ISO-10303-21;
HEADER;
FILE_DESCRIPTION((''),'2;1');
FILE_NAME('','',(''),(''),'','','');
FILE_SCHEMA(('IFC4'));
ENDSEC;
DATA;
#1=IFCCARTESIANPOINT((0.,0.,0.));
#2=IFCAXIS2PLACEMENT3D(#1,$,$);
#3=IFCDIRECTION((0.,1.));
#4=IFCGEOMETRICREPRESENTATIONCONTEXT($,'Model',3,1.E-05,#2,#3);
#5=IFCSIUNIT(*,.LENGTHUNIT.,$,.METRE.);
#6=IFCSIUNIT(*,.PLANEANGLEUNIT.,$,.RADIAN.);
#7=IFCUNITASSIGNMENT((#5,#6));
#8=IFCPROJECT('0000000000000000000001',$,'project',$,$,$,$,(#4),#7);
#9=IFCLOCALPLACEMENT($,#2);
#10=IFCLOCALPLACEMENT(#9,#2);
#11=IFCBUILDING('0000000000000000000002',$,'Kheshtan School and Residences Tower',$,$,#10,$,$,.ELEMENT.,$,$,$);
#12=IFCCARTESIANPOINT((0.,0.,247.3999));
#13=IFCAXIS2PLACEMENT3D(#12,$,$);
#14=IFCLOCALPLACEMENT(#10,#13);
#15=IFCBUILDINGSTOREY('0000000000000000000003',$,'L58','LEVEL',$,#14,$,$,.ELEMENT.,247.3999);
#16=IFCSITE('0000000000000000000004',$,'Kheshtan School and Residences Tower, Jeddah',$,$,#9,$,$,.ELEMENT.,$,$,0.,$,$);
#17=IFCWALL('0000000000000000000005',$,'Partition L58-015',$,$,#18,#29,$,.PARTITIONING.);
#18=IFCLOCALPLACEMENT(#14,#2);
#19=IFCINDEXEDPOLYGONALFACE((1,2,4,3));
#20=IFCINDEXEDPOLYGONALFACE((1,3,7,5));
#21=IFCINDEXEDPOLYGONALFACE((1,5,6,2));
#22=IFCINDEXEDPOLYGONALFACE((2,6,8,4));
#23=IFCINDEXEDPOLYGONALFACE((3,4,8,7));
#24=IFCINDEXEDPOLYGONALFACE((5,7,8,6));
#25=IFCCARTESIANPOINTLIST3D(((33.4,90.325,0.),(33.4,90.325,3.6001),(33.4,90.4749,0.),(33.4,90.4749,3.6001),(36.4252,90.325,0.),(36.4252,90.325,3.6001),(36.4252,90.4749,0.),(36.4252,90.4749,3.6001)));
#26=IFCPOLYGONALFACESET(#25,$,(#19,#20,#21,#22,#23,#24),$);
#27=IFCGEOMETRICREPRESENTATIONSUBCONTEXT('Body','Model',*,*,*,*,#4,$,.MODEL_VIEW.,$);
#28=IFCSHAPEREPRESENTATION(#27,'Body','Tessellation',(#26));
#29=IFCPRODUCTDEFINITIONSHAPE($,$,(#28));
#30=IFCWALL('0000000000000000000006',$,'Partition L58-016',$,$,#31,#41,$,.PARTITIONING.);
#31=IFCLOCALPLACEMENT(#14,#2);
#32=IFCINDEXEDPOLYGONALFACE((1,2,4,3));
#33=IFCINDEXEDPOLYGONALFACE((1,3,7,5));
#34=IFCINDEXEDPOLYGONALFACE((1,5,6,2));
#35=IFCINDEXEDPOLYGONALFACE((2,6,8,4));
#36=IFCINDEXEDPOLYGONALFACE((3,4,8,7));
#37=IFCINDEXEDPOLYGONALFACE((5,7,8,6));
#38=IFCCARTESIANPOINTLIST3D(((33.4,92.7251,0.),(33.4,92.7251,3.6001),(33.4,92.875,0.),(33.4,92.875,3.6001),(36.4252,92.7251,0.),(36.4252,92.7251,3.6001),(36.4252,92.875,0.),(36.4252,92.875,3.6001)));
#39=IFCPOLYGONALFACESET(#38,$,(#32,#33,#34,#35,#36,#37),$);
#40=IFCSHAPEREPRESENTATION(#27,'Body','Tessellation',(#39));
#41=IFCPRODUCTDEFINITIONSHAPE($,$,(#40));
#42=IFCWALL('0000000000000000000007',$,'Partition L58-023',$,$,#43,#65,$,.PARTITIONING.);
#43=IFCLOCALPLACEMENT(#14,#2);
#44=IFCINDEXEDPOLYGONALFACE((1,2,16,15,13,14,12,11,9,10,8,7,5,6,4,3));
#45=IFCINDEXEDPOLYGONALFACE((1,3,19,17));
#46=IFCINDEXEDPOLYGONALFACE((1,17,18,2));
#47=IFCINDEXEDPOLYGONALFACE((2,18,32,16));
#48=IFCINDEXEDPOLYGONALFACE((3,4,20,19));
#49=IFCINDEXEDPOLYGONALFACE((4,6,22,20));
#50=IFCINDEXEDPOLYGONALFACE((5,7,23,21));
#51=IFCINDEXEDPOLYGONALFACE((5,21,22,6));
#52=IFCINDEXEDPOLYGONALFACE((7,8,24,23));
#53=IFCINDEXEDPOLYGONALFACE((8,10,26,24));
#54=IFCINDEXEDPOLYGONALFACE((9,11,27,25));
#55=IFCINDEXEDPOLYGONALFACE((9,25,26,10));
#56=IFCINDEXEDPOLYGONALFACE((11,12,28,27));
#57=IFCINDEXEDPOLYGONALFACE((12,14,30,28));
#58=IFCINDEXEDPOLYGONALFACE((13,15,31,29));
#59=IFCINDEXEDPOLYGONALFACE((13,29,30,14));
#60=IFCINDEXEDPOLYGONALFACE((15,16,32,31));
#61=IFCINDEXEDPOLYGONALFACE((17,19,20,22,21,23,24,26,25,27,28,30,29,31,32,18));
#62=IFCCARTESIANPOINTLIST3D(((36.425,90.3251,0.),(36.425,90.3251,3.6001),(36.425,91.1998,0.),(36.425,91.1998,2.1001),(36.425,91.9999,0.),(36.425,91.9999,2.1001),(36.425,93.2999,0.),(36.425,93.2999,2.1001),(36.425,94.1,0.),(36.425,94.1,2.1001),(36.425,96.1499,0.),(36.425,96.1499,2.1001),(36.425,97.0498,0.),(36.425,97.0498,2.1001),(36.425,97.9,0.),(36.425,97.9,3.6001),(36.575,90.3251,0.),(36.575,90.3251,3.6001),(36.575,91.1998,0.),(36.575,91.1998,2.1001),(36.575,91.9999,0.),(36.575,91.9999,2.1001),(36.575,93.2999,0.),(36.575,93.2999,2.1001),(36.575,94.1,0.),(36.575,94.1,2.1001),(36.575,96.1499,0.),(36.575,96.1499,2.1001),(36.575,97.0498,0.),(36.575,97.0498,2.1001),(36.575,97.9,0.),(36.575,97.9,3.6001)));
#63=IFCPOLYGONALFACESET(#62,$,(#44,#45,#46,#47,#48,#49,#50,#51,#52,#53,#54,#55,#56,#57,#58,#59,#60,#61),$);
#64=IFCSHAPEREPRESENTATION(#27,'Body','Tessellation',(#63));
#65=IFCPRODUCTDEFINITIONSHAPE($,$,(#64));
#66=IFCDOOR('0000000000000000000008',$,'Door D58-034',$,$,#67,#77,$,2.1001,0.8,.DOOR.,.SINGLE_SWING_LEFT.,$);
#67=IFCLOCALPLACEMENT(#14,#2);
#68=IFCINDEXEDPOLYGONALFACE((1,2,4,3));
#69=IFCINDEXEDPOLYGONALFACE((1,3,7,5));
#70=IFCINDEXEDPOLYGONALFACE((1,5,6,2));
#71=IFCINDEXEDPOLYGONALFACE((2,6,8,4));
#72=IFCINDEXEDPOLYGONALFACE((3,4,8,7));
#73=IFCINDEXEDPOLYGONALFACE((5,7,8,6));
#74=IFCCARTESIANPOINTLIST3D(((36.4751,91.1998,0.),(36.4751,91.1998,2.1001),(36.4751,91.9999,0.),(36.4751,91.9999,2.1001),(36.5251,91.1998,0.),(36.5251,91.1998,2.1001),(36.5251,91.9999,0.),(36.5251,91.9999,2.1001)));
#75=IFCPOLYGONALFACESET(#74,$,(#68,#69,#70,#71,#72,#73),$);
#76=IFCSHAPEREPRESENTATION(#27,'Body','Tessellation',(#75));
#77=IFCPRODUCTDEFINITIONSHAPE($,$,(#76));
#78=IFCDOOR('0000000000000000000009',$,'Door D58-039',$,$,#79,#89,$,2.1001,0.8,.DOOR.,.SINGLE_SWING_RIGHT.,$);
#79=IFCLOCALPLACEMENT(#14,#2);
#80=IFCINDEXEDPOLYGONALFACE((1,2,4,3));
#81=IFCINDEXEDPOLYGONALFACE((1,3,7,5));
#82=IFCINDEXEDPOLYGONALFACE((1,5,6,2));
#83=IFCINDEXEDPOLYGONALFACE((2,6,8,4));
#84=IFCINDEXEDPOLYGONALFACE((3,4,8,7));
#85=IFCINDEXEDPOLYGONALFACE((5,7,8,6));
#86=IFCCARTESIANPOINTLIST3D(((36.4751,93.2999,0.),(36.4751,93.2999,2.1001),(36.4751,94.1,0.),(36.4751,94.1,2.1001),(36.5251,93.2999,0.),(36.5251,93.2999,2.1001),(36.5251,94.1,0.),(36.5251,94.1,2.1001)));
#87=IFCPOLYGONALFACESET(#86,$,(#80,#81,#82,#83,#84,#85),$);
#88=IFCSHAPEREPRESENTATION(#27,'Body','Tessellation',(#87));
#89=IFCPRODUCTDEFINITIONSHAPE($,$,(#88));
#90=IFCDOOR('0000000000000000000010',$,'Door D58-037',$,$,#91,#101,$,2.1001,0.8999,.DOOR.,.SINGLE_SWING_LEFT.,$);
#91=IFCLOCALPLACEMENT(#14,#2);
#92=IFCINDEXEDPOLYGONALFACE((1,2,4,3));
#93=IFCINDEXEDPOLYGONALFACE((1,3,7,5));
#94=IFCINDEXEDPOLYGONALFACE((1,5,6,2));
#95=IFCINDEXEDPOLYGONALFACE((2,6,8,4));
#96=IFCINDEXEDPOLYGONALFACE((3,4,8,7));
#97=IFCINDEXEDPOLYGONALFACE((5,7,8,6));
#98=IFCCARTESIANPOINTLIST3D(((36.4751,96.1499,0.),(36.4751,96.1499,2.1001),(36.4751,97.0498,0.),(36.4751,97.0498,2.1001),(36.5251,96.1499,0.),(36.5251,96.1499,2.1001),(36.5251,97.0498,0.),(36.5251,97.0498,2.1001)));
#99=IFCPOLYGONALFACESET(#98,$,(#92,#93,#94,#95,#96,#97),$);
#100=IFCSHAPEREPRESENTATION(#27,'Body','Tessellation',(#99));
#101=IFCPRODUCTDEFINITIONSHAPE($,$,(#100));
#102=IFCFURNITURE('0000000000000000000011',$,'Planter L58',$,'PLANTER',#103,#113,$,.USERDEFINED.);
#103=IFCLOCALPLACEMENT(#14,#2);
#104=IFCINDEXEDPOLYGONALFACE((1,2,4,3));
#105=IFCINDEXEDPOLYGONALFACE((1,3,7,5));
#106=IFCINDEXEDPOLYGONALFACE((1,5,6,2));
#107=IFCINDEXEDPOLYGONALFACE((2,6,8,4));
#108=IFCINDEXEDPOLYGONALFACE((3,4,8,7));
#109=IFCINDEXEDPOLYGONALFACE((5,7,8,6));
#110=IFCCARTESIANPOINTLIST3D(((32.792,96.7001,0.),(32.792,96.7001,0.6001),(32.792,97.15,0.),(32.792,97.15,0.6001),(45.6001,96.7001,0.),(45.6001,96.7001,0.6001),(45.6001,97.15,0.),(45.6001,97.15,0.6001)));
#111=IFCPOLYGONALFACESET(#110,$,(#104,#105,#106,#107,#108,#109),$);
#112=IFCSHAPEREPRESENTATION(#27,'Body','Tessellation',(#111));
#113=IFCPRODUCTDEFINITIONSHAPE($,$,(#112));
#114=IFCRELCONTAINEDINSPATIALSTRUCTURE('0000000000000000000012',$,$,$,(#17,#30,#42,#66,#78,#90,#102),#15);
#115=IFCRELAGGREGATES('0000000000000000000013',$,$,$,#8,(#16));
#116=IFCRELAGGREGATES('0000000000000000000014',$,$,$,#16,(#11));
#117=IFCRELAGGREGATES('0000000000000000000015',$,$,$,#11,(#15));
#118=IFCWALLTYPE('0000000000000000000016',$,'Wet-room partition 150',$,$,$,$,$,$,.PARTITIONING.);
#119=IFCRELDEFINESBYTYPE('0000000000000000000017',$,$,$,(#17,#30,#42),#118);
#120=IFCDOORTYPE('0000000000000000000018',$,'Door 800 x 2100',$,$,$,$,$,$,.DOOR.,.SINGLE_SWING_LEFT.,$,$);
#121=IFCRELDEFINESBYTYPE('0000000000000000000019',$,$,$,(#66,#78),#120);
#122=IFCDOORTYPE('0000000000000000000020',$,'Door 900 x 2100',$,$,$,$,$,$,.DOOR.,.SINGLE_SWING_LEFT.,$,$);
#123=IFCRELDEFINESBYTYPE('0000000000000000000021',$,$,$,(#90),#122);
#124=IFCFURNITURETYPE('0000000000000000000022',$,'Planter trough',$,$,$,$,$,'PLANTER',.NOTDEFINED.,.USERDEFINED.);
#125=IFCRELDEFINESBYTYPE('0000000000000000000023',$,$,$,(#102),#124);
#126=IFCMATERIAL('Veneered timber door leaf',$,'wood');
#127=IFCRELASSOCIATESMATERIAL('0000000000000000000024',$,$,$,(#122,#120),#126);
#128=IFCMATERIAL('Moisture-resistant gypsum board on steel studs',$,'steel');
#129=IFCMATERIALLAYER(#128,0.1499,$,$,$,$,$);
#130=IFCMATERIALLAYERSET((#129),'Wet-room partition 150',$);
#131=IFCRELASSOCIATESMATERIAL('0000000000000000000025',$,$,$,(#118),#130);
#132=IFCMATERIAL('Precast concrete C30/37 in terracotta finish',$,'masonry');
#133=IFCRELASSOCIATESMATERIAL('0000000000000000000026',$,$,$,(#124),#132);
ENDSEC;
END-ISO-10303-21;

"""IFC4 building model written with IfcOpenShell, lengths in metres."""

from ifc_helpers import new_model, si_unit, direction, frame, frame_2d, origin, origin_2d, place, context, subcontext, project, spatial, rectangle, extrude, source, transform, mapped, material, layer, layer_set, type_object, element, fill, save


model = new_model("IFC4")

# Units and contexts
model_context = context("Model", 3, precision=1e-05, world=origin(), true_north=direction((0.0, 1.0)))
body_context = subcontext(model_context, "Body", "Model", "MODEL_VIEW")
ifc_project = project(units=[si_unit("LENGTHUNIT", "METRE"), si_unit("PLANEANGLEUNIT", "RADIAN")], contexts=[model_context])

# Site, building, storey
site_placement = place(None, origin())
site = spatial("IfcSite", under=ifc_project, at=site_placement, Name="Kheshtan School and Residences Tower, Jeddah", CompositionType="ELEMENT", RefElevation=0.0)
building_placement = place(site_placement, origin())
building = spatial("IfcBuilding", under=site, at=building_placement, Name="Kheshtan School and Residences Tower", CompositionType="ELEMENT")
storey_placement = place(building_placement, frame((0.0, 0.0, 247.3999)))
storey = spatial("IfcBuildingStorey", under=building, at=storey_placement, Name="L58", Description="LEVEL", CompositionType="ELEMENT", Elevation=247.3999)

# Shared definitions
ifc_material_1 = material(Name="Veneered timber door leaf", Category="wood")
door_type_1 = type_object("IfcDoorType", Name="Door 900 x 2100", OperationType="SINGLE_SWING_LEFT", PredefinedType="DOOR", material=ifc_material_1)
shared_shape_1 = source(origin(), body_context, "Body", "SweptSolid", [
    extrude(rectangle(XDim=0.8999, YDim=2.1001, at=frame_2d((0.45, 1.05))), frame((0.0, 0.0249, 0.0), z_axis=(0.0, -1.0, 0.0), x_axis=(1.0, 0.0, 0.0)), (0.0, 0.0, 1.0), 0.05),
])

# Walls
ifc_material_2 = material(Name="Moisture-resistant gypsum board on steel studs", Category="steel")
ifc_layer_1 = layer(ifc_material_2, 0.1499)
ifc_layer_set_1 = layer_set([ifc_layer_1], Name="Wet-room partition 150")
wall_type_1 = type_object("IfcWallType", Name="Wet-room partition 150", PredefinedType="PARTITIONING", material=ifc_layer_set_1)
for number, where, z_axis, x_axis, name in (
    (1, (33.3999, 90.3999, 0.0), (0.0, 0.0, 1.0), (1.0, 0.0, 0.0), "Partition L58-015"),
    (2, (33.3999, 92.8, 0.0), (0.0, 0.0, 1.0), (1.0, 0.0, 0.0), "Partition L58-016"),
):
    element("IfcWall", number, at=place(storey_placement, frame(where, z_axis=z_axis, x_axis=x_axis)), inside=storey, type_object=wall_type_1, Name=name, PredefinedType="PARTITIONING", context=body_context, shape_type="SweptSolid", body=[
        extrude(rectangle(XDim=3.0251, YDim=0.1499, at=frame_2d((1.5127, 0.0))), origin(), (0.0, 0.0, 1.0), 3.6001),
    ])

# Wall, openings, doors
wall_1_placement = place(storey_placement, frame((36.5, 90.325, 0.0), z_axis=(0.0, 0.0, 1.0), x_axis=(0.0, 1.0, 0.0)))
wall_1 = element("IfcWall", 3, at=wall_1_placement, inside=storey, type_object=wall_type_1, Name="Partition L58-023", PredefinedType="PARTITIONING", context=body_context, shape_type="SweptSolid", body=[
    extrude(rectangle(XDim=7.575, YDim=0.1499, at=frame_2d((3.7876, 0.0))), origin(), (0.0, 0.0, 1.0), 3.6001),
])
opening_1_placement = place(wall_1_placement, frame((0.875, 0.0, 0.0)))
opening_1 = element("IfcOpeningElement", 4, at=opening_1_placement, cuts=wall_1, PredefinedType="OPENING", context=body_context, shape_type="SweptSolid", body=[
    extrude(rectangle(XDim=0.8, YDim=2.1001, at=frame_2d((0.3999, 1.05))), frame((0.0, 0.085, 0.0), z_axis=(0.0, -1.0, 0.0), x_axis=(1.0, 0.0, 0.0)), (0.0, 0.0, 1.0), 0.1699),
])
opening_2_placement = place(wall_1_placement, frame((5.825, 0.0, 0.0)))
opening_2 = element("IfcOpeningElement", 5, at=opening_2_placement, cuts=wall_1, PredefinedType="OPENING", context=body_context, shape_type="SweptSolid", body=[
    extrude(rectangle(XDim=0.8999, YDim=2.1001, at=frame_2d((0.45, 1.05))), frame((0.0, 0.085, 0.0), z_axis=(0.0, -1.0, 0.0), x_axis=(1.0, 0.0, 0.0)), (0.0, 0.0, 1.0), 0.1699),
])
opening_3_placement = place(wall_1_placement, frame((2.9751, 0.0, 0.0)))
opening_3 = element("IfcOpeningElement", 6, at=opening_3_placement, cuts=wall_1, PredefinedType="OPENING", context=body_context, shape_type="SweptSolid", body=[
    extrude(rectangle(XDim=0.8, YDim=2.1001, at=frame_2d((0.3999, 1.05))), frame((0.0, 0.085, 0.0), z_axis=(0.0, -1.0, 0.0), x_axis=(1.0, 0.0, 0.0)), (0.0, 0.0, 1.0), 0.1699),
])
door_type_2 = type_object("IfcDoorType", Name="Door 800 x 2100", OperationType="SINGLE_SWING_LEFT", PredefinedType="DOOR", material=ifc_material_1)
shared_shape_2 = source(origin(), body_context, "Body", "SweptSolid", [
    extrude(rectangle(XDim=0.8, YDim=2.1001, at=frame_2d((0.3999, 1.05))), frame((0.0, 0.0249, 0.0), z_axis=(0.0, -1.0, 0.0), x_axis=(1.0, 0.0, 0.0)), (0.0, 0.0, 1.0), 0.05),
])
door_1_placement = place(opening_1_placement, origin())
door_1 = element("IfcDoor", 7, at=door_1_placement, inside=storey, type_object=door_type_2, Name="Door D58-034", OperationType="SINGLE_SWING_LEFT", OverallHeight=2.1001, OverallWidth=0.8, PredefinedType="DOOR", context=body_context, shape_type="MappedRepresentation", body=[
    mapped(shared_shape_2, transform((0.0, 0.0, 0.0), x_axis=(1.0, 0.0, 0.0), y_axis=(0.0, 1.0, 0.0), z_axis=(0.0, 0.0, 1.0), scale=1.0)),
])
fill(opening_1, door_1)
door_2_placement = place(opening_3_placement, origin())
door_2 = element("IfcDoor", 8, at=door_2_placement, inside=storey, type_object=door_type_2, Name="Door D58-039", OperationType="SINGLE_SWING_RIGHT", OverallHeight=2.1001, OverallWidth=0.8, PredefinedType="DOOR", context=body_context, shape_type="MappedRepresentation", body=[
    mapped(shared_shape_2, transform((0.0, 0.0, 0.0), x_axis=(1.0, 0.0, 0.0), y_axis=(0.0, 1.0, 0.0), z_axis=(0.0, 0.0, 1.0), scale=1.0)),
])
fill(opening_3, door_2)
door_3_placement = place(opening_2_placement, origin())
door_3 = element("IfcDoor", 9, at=door_3_placement, inside=storey, type_object=door_type_1, Name="Door D58-037", OperationType="SINGLE_SWING_LEFT", OverallHeight=2.1001, OverallWidth=0.8999, PredefinedType="DOOR", context=body_context, shape_type="MappedRepresentation", body=[
    mapped(shared_shape_1, transform((0.0, 0.0, 0.0), x_axis=(1.0, 0.0, 0.0), y_axis=(0.0, 1.0, 0.0), z_axis=(0.0, 0.0, 1.0), scale=1.0)),
])
fill(opening_2, door_3)

# Furniture
ifc_material_3 = material(Name="Precast concrete C30/37 in terracotta finish", Category="masonry")
furniture_type = type_object("IfcFurnitureType", Name="Planter trough", ElementType="PLANTER", AssemblyPlace="NOTDEFINED", PredefinedType="USERDEFINED", material=ifc_material_3)
furniture_placement = place(storey_placement, frame((39.196, 96.925, 0.0), z_axis=(0.0, 0.0, 1.0), x_axis=(1.0, 0.0, 0.0)))
element("IfcFurniture", 10, at=furniture_placement, inside=storey, type_object=furniture_type, Name="Planter L58", ObjectType="PLANTER", PredefinedType="USERDEFINED", context=body_context, shape_type="SweptSolid", body=[
    extrude(rectangle(XDim=12.8081, YDim=0.45, at=origin_2d()), origin(), (0.0, 0.0, 1.0), 0.6001),
])

save(model, "model.ifc")
